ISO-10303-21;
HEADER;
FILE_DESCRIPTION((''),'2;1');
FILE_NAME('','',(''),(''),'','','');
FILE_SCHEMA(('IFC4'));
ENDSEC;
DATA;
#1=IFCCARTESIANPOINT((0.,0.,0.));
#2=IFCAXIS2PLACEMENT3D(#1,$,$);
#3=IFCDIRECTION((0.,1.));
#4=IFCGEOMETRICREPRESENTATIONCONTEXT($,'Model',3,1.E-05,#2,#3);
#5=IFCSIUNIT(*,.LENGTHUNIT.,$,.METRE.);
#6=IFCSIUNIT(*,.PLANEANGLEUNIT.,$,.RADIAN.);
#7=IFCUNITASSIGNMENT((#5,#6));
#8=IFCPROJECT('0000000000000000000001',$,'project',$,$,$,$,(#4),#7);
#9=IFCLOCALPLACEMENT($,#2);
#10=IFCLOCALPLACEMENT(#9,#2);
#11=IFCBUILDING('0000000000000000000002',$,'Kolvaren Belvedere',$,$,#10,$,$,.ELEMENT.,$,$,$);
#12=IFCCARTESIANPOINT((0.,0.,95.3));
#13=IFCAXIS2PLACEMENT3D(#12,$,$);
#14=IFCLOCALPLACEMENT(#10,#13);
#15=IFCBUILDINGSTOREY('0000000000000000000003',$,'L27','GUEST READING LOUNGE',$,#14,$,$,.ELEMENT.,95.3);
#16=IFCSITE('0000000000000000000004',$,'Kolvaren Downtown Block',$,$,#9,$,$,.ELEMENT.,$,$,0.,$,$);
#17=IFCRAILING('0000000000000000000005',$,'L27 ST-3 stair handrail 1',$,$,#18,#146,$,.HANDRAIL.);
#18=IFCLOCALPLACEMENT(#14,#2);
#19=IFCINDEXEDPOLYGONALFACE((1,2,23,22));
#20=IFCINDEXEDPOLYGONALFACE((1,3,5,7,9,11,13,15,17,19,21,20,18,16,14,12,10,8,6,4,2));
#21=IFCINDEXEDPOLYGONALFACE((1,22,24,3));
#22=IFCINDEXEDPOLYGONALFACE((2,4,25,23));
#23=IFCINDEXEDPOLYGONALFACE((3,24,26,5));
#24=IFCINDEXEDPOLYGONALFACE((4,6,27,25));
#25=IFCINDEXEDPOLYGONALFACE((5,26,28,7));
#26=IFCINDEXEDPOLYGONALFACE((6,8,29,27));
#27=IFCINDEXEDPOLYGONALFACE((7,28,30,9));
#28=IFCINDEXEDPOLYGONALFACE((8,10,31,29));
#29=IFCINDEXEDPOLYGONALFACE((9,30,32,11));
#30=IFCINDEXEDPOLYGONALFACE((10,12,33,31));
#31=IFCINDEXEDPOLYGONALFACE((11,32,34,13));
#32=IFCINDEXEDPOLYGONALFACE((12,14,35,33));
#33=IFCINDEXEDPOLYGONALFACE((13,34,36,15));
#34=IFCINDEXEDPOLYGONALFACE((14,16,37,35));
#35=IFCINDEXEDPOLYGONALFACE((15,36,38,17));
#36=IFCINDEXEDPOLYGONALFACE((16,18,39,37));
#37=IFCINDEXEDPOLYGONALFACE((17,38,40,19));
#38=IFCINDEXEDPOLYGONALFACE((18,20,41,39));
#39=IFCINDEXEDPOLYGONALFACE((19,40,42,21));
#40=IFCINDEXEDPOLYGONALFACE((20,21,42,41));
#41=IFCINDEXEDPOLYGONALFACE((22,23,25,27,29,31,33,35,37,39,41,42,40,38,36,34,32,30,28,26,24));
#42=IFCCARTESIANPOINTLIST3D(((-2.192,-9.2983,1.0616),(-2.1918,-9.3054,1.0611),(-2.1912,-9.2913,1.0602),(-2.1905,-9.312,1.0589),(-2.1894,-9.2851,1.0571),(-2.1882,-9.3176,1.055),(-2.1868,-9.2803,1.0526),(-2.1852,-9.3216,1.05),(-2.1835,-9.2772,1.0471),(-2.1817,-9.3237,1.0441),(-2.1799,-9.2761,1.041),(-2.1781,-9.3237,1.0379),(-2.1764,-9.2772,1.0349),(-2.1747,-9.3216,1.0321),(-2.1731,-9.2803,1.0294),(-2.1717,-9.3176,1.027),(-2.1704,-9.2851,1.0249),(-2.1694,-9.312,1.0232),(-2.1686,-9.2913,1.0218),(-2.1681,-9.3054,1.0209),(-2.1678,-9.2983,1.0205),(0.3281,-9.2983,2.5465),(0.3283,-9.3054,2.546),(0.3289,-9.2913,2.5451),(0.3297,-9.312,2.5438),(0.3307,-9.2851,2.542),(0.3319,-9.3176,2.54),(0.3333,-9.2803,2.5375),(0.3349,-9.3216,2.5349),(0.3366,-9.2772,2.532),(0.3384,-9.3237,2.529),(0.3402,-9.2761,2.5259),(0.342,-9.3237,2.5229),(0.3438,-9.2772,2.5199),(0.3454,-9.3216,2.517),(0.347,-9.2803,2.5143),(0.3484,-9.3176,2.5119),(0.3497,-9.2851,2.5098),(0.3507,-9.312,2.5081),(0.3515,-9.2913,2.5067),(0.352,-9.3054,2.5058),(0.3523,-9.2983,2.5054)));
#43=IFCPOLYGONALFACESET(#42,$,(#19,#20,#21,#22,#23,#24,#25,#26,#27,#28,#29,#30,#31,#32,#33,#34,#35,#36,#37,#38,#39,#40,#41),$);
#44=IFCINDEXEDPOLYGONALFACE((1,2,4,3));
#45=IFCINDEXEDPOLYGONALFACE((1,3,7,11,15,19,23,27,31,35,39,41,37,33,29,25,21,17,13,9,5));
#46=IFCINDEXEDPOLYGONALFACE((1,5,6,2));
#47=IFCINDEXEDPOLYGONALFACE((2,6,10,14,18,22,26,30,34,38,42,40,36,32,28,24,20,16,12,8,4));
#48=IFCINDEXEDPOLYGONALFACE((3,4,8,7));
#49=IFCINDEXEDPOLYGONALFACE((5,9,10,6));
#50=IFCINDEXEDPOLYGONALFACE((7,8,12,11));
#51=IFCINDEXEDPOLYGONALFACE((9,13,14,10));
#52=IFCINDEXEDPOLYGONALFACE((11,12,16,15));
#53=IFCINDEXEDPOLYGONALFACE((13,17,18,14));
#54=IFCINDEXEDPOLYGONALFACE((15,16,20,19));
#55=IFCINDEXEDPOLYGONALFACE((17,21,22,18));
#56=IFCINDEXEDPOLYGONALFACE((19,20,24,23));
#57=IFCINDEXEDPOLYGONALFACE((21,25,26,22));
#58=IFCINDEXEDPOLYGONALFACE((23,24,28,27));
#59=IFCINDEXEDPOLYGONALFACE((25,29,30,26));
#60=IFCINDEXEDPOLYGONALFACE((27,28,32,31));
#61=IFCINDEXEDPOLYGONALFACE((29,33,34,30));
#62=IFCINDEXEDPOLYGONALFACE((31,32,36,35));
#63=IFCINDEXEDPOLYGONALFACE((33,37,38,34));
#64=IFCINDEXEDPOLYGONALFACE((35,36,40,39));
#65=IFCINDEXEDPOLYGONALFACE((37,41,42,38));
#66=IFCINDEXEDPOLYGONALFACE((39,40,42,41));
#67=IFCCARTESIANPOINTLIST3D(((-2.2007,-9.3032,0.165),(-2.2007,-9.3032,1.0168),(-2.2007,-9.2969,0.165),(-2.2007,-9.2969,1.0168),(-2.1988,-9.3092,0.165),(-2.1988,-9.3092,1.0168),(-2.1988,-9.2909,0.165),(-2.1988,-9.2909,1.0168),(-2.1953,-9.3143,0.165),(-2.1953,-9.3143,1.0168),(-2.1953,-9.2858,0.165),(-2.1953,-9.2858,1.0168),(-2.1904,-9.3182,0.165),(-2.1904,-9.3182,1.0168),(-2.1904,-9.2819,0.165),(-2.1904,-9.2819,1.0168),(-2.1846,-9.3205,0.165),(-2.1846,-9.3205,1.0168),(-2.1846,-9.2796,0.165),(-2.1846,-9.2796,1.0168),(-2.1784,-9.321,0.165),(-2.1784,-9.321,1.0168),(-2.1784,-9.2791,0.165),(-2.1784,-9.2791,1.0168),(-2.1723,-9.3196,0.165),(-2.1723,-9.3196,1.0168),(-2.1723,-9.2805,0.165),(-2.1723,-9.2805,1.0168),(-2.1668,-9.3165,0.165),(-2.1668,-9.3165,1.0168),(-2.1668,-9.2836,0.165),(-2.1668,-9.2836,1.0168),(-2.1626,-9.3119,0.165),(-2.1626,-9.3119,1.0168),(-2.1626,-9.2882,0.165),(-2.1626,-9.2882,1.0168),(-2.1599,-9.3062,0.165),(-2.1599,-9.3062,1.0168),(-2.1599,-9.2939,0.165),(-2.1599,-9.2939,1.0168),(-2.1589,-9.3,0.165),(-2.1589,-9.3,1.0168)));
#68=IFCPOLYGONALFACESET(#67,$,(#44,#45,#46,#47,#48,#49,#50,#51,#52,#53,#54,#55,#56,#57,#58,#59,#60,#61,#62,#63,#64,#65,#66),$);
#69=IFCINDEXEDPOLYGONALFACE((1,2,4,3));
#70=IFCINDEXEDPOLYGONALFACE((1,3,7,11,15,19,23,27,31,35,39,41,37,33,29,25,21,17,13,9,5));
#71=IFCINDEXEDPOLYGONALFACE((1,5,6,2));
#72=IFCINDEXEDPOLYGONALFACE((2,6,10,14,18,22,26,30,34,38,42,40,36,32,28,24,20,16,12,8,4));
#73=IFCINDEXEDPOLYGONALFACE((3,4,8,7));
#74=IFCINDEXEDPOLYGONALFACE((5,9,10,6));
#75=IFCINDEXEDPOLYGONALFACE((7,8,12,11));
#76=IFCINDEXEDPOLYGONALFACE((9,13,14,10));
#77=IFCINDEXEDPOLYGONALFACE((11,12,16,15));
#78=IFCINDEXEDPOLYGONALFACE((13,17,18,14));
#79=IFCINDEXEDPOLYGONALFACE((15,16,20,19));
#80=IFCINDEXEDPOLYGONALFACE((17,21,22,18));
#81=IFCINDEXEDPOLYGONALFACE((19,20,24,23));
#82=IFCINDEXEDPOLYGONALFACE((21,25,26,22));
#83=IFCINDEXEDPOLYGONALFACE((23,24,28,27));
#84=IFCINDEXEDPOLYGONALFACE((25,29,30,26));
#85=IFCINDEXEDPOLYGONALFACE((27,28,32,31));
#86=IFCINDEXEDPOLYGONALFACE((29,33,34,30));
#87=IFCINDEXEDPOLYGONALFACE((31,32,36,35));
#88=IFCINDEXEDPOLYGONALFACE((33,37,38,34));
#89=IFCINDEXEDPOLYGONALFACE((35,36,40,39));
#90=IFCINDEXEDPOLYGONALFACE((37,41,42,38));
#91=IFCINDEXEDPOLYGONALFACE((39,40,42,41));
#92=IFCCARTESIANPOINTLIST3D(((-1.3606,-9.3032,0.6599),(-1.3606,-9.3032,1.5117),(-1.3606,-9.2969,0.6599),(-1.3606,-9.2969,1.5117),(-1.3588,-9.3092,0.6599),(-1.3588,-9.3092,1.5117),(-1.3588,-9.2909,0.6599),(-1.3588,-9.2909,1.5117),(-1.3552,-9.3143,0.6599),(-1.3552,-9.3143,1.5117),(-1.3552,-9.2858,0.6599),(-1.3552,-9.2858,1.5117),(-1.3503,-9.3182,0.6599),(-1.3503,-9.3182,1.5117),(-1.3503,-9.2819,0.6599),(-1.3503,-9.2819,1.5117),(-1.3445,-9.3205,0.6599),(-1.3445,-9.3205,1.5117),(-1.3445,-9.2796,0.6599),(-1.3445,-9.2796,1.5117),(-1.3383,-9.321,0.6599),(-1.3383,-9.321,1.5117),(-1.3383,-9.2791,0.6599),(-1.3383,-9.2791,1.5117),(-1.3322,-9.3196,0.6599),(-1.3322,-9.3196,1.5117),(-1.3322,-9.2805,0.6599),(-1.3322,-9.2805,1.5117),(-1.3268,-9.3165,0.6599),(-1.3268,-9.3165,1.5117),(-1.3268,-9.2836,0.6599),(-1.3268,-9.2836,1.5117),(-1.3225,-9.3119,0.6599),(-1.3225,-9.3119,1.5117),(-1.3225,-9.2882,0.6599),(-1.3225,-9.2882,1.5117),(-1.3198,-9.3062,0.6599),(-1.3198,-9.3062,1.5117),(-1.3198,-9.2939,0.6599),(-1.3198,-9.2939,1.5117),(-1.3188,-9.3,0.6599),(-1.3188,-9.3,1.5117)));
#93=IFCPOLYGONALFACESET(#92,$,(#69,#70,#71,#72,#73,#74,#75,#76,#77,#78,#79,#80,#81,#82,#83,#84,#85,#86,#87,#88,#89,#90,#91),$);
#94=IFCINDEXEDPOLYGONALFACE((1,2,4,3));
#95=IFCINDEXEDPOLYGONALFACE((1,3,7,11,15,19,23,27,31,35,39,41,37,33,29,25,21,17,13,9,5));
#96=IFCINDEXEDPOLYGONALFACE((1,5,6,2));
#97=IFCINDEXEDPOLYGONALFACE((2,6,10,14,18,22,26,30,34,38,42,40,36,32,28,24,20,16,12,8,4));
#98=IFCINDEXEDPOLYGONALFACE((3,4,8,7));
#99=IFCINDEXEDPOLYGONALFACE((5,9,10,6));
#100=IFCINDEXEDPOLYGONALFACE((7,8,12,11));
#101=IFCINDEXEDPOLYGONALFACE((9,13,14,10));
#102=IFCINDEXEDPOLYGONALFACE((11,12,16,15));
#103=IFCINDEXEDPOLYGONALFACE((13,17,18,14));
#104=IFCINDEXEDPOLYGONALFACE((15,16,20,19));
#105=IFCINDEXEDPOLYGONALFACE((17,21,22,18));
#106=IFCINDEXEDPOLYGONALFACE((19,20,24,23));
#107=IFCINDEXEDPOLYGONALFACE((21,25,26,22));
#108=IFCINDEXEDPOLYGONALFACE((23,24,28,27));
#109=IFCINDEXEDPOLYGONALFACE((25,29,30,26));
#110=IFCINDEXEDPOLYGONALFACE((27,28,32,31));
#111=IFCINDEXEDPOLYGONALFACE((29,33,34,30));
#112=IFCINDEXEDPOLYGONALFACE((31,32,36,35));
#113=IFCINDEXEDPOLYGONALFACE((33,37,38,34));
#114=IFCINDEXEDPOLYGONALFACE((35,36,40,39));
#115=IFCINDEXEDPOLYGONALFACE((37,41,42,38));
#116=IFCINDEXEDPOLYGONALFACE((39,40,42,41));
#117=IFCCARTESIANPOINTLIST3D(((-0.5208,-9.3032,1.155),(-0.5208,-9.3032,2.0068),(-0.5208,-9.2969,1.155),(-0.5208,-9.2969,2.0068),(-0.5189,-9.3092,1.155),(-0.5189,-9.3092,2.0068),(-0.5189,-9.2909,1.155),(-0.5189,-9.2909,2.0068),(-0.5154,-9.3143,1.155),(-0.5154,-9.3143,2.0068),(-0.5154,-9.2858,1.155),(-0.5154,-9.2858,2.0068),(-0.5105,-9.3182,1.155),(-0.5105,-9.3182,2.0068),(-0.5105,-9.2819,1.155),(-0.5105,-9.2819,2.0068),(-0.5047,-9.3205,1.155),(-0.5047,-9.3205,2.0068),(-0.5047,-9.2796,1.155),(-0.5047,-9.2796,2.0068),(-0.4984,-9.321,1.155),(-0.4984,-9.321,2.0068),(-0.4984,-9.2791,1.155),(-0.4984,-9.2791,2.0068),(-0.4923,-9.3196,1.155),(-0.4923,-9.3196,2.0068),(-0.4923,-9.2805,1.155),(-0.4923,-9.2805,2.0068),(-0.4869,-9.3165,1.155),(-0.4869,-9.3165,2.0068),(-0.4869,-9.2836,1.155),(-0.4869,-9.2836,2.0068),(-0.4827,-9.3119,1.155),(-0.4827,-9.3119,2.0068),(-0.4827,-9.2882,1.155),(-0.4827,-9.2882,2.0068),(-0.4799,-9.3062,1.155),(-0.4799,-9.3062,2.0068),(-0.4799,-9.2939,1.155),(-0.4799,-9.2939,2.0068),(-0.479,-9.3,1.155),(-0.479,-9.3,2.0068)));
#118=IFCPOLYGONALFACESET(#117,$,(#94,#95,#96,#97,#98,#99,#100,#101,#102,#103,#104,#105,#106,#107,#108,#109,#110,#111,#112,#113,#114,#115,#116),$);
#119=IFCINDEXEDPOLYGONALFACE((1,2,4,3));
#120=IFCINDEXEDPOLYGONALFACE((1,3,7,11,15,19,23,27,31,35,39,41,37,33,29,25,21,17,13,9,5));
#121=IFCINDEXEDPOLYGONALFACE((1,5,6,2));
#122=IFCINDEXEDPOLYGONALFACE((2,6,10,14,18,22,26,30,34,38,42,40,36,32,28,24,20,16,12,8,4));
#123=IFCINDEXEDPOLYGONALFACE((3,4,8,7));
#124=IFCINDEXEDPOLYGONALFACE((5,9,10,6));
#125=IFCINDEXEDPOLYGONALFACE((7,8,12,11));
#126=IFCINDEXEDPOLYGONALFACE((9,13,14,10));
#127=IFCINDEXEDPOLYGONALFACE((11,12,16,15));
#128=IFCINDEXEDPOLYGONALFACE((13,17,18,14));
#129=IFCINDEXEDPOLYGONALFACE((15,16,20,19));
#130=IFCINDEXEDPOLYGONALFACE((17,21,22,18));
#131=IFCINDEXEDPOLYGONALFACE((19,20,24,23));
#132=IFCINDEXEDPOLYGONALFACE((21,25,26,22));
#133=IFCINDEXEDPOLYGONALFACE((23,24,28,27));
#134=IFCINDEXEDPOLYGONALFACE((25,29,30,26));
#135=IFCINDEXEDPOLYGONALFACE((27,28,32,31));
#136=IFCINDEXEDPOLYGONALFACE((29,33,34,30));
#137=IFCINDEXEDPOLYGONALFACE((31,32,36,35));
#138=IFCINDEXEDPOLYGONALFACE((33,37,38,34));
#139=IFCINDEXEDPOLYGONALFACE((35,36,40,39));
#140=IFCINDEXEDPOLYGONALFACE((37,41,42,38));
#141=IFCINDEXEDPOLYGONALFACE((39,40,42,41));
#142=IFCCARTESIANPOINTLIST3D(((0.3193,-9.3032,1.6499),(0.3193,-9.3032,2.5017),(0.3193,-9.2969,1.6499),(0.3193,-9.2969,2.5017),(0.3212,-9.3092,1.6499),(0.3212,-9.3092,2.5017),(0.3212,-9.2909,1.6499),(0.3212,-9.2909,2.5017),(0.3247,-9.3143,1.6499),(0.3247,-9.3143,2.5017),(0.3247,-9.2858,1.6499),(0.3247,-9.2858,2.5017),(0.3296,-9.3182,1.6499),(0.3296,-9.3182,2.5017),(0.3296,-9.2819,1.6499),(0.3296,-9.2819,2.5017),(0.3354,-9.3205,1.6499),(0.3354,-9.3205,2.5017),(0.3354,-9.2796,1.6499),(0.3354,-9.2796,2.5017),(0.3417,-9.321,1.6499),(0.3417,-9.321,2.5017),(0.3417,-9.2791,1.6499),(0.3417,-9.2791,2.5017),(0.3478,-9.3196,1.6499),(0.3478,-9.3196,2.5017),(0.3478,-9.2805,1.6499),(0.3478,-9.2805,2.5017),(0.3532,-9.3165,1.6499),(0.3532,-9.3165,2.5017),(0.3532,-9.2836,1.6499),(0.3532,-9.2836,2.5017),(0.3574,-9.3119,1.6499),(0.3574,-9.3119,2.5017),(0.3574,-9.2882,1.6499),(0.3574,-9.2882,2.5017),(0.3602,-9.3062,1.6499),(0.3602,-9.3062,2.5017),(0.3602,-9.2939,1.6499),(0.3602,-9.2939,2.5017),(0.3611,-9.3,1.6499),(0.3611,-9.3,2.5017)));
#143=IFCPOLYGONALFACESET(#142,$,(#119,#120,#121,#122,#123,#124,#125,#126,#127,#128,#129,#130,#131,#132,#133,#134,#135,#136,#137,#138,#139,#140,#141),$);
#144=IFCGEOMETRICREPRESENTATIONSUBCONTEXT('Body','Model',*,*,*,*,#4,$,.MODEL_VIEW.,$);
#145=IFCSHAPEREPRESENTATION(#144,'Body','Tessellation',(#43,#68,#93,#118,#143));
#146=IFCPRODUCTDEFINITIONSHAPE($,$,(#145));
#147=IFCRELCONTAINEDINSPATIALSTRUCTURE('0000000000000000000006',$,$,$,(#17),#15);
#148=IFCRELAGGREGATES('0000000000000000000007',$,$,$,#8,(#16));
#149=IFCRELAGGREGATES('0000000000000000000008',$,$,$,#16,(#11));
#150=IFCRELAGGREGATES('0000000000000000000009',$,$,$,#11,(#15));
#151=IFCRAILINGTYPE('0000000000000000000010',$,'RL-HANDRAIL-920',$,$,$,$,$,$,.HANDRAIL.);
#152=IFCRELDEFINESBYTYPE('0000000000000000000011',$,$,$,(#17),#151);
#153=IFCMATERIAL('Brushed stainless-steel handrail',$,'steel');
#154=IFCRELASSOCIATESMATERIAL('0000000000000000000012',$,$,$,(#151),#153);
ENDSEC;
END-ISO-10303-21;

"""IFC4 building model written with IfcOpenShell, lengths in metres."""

from ifc_helpers import new_model, si_unit, direction, frame, origin, origin_2d, place, context, subcontext, project, spatial, circle, extrude, material, type_object, element, save


model = new_model("IFC4")

# Units and contexts
model_context = context("Model", 3, precision=1e-05, world=origin(), true_north=direction((0.0, 1.0)))
body_context = subcontext(model_context, "Body", "Model", "MODEL_VIEW")
ifc_project = project(units=[si_unit("LENGTHUNIT", "METRE"), si_unit("PLANEANGLEUNIT", "RADIAN")], contexts=[model_context])

# Site, building, storey
site_placement = place(None, origin())
site = spatial("IfcSite", under=ifc_project, at=site_placement, Name="Kolvaren Downtown Block", CompositionType="ELEMENT", RefElevation=0.0)
building_placement = place(site_placement, origin())
building = spatial("IfcBuilding", under=site, at=building_placement, Name="Kolvaren Belvedere", CompositionType="ELEMENT")
storey_placement = place(building_placement, frame((0.0, 0.0, 95.3)))
storey = spatial("IfcBuildingStorey", under=building, at=storey_placement, Name="L27", Description="GUEST READING LOUNGE", CompositionType="ELEMENT", Elevation=95.3)

# Railing
ifc_material_1 = material(Name="Brushed stainless-steel handrail", Category="steel")
railing_type_1 = type_object("IfcRailingType", Name="RL-HANDRAIL-920", PredefinedType="HANDRAIL", material=ifc_material_1)
railing_1_placement = place(storey_placement, frame((-2.1799, -9.3, 0.165)))
element("IfcRailing", 1, at=railing_1_placement, inside=storey, type_object=railing_type_1, Name="L27 ST-3 stair handrail 1", PredefinedType="HANDRAIL", context=body_context, shape_type="SweptSolid", body=[
    extrude(circle(Radius=0.0239, at=origin_2d()), frame((0.0, 0.0, 0.876), z_axis=(0.861561, 0.0, 0.507655), x_axis=(0.0, 1.0, 0.0)), (0.0, 0.0, 1.0), 2.925),
    extrude(circle(Radius=0.021, at=origin_2d()), origin(), (0.0, 0.0, 1.0), 0.8518),
    extrude(circle(Radius=0.021, at=origin_2d()), frame((0.8401, 0.0, 0.4949)), (0.0, 0.0, 1.0), 0.8518),
    extrude(circle(Radius=0.021, at=origin_2d()), frame((1.6799, 0.0, 0.99)), (0.0, 0.0, 1.0), 0.8518),
    extrude(circle(Radius=0.021, at=origin_2d()), frame((2.52, 0.0, 1.4849)), (0.0, 0.0, 1.0), 0.8518),
])

save(model, "model.ifc")
